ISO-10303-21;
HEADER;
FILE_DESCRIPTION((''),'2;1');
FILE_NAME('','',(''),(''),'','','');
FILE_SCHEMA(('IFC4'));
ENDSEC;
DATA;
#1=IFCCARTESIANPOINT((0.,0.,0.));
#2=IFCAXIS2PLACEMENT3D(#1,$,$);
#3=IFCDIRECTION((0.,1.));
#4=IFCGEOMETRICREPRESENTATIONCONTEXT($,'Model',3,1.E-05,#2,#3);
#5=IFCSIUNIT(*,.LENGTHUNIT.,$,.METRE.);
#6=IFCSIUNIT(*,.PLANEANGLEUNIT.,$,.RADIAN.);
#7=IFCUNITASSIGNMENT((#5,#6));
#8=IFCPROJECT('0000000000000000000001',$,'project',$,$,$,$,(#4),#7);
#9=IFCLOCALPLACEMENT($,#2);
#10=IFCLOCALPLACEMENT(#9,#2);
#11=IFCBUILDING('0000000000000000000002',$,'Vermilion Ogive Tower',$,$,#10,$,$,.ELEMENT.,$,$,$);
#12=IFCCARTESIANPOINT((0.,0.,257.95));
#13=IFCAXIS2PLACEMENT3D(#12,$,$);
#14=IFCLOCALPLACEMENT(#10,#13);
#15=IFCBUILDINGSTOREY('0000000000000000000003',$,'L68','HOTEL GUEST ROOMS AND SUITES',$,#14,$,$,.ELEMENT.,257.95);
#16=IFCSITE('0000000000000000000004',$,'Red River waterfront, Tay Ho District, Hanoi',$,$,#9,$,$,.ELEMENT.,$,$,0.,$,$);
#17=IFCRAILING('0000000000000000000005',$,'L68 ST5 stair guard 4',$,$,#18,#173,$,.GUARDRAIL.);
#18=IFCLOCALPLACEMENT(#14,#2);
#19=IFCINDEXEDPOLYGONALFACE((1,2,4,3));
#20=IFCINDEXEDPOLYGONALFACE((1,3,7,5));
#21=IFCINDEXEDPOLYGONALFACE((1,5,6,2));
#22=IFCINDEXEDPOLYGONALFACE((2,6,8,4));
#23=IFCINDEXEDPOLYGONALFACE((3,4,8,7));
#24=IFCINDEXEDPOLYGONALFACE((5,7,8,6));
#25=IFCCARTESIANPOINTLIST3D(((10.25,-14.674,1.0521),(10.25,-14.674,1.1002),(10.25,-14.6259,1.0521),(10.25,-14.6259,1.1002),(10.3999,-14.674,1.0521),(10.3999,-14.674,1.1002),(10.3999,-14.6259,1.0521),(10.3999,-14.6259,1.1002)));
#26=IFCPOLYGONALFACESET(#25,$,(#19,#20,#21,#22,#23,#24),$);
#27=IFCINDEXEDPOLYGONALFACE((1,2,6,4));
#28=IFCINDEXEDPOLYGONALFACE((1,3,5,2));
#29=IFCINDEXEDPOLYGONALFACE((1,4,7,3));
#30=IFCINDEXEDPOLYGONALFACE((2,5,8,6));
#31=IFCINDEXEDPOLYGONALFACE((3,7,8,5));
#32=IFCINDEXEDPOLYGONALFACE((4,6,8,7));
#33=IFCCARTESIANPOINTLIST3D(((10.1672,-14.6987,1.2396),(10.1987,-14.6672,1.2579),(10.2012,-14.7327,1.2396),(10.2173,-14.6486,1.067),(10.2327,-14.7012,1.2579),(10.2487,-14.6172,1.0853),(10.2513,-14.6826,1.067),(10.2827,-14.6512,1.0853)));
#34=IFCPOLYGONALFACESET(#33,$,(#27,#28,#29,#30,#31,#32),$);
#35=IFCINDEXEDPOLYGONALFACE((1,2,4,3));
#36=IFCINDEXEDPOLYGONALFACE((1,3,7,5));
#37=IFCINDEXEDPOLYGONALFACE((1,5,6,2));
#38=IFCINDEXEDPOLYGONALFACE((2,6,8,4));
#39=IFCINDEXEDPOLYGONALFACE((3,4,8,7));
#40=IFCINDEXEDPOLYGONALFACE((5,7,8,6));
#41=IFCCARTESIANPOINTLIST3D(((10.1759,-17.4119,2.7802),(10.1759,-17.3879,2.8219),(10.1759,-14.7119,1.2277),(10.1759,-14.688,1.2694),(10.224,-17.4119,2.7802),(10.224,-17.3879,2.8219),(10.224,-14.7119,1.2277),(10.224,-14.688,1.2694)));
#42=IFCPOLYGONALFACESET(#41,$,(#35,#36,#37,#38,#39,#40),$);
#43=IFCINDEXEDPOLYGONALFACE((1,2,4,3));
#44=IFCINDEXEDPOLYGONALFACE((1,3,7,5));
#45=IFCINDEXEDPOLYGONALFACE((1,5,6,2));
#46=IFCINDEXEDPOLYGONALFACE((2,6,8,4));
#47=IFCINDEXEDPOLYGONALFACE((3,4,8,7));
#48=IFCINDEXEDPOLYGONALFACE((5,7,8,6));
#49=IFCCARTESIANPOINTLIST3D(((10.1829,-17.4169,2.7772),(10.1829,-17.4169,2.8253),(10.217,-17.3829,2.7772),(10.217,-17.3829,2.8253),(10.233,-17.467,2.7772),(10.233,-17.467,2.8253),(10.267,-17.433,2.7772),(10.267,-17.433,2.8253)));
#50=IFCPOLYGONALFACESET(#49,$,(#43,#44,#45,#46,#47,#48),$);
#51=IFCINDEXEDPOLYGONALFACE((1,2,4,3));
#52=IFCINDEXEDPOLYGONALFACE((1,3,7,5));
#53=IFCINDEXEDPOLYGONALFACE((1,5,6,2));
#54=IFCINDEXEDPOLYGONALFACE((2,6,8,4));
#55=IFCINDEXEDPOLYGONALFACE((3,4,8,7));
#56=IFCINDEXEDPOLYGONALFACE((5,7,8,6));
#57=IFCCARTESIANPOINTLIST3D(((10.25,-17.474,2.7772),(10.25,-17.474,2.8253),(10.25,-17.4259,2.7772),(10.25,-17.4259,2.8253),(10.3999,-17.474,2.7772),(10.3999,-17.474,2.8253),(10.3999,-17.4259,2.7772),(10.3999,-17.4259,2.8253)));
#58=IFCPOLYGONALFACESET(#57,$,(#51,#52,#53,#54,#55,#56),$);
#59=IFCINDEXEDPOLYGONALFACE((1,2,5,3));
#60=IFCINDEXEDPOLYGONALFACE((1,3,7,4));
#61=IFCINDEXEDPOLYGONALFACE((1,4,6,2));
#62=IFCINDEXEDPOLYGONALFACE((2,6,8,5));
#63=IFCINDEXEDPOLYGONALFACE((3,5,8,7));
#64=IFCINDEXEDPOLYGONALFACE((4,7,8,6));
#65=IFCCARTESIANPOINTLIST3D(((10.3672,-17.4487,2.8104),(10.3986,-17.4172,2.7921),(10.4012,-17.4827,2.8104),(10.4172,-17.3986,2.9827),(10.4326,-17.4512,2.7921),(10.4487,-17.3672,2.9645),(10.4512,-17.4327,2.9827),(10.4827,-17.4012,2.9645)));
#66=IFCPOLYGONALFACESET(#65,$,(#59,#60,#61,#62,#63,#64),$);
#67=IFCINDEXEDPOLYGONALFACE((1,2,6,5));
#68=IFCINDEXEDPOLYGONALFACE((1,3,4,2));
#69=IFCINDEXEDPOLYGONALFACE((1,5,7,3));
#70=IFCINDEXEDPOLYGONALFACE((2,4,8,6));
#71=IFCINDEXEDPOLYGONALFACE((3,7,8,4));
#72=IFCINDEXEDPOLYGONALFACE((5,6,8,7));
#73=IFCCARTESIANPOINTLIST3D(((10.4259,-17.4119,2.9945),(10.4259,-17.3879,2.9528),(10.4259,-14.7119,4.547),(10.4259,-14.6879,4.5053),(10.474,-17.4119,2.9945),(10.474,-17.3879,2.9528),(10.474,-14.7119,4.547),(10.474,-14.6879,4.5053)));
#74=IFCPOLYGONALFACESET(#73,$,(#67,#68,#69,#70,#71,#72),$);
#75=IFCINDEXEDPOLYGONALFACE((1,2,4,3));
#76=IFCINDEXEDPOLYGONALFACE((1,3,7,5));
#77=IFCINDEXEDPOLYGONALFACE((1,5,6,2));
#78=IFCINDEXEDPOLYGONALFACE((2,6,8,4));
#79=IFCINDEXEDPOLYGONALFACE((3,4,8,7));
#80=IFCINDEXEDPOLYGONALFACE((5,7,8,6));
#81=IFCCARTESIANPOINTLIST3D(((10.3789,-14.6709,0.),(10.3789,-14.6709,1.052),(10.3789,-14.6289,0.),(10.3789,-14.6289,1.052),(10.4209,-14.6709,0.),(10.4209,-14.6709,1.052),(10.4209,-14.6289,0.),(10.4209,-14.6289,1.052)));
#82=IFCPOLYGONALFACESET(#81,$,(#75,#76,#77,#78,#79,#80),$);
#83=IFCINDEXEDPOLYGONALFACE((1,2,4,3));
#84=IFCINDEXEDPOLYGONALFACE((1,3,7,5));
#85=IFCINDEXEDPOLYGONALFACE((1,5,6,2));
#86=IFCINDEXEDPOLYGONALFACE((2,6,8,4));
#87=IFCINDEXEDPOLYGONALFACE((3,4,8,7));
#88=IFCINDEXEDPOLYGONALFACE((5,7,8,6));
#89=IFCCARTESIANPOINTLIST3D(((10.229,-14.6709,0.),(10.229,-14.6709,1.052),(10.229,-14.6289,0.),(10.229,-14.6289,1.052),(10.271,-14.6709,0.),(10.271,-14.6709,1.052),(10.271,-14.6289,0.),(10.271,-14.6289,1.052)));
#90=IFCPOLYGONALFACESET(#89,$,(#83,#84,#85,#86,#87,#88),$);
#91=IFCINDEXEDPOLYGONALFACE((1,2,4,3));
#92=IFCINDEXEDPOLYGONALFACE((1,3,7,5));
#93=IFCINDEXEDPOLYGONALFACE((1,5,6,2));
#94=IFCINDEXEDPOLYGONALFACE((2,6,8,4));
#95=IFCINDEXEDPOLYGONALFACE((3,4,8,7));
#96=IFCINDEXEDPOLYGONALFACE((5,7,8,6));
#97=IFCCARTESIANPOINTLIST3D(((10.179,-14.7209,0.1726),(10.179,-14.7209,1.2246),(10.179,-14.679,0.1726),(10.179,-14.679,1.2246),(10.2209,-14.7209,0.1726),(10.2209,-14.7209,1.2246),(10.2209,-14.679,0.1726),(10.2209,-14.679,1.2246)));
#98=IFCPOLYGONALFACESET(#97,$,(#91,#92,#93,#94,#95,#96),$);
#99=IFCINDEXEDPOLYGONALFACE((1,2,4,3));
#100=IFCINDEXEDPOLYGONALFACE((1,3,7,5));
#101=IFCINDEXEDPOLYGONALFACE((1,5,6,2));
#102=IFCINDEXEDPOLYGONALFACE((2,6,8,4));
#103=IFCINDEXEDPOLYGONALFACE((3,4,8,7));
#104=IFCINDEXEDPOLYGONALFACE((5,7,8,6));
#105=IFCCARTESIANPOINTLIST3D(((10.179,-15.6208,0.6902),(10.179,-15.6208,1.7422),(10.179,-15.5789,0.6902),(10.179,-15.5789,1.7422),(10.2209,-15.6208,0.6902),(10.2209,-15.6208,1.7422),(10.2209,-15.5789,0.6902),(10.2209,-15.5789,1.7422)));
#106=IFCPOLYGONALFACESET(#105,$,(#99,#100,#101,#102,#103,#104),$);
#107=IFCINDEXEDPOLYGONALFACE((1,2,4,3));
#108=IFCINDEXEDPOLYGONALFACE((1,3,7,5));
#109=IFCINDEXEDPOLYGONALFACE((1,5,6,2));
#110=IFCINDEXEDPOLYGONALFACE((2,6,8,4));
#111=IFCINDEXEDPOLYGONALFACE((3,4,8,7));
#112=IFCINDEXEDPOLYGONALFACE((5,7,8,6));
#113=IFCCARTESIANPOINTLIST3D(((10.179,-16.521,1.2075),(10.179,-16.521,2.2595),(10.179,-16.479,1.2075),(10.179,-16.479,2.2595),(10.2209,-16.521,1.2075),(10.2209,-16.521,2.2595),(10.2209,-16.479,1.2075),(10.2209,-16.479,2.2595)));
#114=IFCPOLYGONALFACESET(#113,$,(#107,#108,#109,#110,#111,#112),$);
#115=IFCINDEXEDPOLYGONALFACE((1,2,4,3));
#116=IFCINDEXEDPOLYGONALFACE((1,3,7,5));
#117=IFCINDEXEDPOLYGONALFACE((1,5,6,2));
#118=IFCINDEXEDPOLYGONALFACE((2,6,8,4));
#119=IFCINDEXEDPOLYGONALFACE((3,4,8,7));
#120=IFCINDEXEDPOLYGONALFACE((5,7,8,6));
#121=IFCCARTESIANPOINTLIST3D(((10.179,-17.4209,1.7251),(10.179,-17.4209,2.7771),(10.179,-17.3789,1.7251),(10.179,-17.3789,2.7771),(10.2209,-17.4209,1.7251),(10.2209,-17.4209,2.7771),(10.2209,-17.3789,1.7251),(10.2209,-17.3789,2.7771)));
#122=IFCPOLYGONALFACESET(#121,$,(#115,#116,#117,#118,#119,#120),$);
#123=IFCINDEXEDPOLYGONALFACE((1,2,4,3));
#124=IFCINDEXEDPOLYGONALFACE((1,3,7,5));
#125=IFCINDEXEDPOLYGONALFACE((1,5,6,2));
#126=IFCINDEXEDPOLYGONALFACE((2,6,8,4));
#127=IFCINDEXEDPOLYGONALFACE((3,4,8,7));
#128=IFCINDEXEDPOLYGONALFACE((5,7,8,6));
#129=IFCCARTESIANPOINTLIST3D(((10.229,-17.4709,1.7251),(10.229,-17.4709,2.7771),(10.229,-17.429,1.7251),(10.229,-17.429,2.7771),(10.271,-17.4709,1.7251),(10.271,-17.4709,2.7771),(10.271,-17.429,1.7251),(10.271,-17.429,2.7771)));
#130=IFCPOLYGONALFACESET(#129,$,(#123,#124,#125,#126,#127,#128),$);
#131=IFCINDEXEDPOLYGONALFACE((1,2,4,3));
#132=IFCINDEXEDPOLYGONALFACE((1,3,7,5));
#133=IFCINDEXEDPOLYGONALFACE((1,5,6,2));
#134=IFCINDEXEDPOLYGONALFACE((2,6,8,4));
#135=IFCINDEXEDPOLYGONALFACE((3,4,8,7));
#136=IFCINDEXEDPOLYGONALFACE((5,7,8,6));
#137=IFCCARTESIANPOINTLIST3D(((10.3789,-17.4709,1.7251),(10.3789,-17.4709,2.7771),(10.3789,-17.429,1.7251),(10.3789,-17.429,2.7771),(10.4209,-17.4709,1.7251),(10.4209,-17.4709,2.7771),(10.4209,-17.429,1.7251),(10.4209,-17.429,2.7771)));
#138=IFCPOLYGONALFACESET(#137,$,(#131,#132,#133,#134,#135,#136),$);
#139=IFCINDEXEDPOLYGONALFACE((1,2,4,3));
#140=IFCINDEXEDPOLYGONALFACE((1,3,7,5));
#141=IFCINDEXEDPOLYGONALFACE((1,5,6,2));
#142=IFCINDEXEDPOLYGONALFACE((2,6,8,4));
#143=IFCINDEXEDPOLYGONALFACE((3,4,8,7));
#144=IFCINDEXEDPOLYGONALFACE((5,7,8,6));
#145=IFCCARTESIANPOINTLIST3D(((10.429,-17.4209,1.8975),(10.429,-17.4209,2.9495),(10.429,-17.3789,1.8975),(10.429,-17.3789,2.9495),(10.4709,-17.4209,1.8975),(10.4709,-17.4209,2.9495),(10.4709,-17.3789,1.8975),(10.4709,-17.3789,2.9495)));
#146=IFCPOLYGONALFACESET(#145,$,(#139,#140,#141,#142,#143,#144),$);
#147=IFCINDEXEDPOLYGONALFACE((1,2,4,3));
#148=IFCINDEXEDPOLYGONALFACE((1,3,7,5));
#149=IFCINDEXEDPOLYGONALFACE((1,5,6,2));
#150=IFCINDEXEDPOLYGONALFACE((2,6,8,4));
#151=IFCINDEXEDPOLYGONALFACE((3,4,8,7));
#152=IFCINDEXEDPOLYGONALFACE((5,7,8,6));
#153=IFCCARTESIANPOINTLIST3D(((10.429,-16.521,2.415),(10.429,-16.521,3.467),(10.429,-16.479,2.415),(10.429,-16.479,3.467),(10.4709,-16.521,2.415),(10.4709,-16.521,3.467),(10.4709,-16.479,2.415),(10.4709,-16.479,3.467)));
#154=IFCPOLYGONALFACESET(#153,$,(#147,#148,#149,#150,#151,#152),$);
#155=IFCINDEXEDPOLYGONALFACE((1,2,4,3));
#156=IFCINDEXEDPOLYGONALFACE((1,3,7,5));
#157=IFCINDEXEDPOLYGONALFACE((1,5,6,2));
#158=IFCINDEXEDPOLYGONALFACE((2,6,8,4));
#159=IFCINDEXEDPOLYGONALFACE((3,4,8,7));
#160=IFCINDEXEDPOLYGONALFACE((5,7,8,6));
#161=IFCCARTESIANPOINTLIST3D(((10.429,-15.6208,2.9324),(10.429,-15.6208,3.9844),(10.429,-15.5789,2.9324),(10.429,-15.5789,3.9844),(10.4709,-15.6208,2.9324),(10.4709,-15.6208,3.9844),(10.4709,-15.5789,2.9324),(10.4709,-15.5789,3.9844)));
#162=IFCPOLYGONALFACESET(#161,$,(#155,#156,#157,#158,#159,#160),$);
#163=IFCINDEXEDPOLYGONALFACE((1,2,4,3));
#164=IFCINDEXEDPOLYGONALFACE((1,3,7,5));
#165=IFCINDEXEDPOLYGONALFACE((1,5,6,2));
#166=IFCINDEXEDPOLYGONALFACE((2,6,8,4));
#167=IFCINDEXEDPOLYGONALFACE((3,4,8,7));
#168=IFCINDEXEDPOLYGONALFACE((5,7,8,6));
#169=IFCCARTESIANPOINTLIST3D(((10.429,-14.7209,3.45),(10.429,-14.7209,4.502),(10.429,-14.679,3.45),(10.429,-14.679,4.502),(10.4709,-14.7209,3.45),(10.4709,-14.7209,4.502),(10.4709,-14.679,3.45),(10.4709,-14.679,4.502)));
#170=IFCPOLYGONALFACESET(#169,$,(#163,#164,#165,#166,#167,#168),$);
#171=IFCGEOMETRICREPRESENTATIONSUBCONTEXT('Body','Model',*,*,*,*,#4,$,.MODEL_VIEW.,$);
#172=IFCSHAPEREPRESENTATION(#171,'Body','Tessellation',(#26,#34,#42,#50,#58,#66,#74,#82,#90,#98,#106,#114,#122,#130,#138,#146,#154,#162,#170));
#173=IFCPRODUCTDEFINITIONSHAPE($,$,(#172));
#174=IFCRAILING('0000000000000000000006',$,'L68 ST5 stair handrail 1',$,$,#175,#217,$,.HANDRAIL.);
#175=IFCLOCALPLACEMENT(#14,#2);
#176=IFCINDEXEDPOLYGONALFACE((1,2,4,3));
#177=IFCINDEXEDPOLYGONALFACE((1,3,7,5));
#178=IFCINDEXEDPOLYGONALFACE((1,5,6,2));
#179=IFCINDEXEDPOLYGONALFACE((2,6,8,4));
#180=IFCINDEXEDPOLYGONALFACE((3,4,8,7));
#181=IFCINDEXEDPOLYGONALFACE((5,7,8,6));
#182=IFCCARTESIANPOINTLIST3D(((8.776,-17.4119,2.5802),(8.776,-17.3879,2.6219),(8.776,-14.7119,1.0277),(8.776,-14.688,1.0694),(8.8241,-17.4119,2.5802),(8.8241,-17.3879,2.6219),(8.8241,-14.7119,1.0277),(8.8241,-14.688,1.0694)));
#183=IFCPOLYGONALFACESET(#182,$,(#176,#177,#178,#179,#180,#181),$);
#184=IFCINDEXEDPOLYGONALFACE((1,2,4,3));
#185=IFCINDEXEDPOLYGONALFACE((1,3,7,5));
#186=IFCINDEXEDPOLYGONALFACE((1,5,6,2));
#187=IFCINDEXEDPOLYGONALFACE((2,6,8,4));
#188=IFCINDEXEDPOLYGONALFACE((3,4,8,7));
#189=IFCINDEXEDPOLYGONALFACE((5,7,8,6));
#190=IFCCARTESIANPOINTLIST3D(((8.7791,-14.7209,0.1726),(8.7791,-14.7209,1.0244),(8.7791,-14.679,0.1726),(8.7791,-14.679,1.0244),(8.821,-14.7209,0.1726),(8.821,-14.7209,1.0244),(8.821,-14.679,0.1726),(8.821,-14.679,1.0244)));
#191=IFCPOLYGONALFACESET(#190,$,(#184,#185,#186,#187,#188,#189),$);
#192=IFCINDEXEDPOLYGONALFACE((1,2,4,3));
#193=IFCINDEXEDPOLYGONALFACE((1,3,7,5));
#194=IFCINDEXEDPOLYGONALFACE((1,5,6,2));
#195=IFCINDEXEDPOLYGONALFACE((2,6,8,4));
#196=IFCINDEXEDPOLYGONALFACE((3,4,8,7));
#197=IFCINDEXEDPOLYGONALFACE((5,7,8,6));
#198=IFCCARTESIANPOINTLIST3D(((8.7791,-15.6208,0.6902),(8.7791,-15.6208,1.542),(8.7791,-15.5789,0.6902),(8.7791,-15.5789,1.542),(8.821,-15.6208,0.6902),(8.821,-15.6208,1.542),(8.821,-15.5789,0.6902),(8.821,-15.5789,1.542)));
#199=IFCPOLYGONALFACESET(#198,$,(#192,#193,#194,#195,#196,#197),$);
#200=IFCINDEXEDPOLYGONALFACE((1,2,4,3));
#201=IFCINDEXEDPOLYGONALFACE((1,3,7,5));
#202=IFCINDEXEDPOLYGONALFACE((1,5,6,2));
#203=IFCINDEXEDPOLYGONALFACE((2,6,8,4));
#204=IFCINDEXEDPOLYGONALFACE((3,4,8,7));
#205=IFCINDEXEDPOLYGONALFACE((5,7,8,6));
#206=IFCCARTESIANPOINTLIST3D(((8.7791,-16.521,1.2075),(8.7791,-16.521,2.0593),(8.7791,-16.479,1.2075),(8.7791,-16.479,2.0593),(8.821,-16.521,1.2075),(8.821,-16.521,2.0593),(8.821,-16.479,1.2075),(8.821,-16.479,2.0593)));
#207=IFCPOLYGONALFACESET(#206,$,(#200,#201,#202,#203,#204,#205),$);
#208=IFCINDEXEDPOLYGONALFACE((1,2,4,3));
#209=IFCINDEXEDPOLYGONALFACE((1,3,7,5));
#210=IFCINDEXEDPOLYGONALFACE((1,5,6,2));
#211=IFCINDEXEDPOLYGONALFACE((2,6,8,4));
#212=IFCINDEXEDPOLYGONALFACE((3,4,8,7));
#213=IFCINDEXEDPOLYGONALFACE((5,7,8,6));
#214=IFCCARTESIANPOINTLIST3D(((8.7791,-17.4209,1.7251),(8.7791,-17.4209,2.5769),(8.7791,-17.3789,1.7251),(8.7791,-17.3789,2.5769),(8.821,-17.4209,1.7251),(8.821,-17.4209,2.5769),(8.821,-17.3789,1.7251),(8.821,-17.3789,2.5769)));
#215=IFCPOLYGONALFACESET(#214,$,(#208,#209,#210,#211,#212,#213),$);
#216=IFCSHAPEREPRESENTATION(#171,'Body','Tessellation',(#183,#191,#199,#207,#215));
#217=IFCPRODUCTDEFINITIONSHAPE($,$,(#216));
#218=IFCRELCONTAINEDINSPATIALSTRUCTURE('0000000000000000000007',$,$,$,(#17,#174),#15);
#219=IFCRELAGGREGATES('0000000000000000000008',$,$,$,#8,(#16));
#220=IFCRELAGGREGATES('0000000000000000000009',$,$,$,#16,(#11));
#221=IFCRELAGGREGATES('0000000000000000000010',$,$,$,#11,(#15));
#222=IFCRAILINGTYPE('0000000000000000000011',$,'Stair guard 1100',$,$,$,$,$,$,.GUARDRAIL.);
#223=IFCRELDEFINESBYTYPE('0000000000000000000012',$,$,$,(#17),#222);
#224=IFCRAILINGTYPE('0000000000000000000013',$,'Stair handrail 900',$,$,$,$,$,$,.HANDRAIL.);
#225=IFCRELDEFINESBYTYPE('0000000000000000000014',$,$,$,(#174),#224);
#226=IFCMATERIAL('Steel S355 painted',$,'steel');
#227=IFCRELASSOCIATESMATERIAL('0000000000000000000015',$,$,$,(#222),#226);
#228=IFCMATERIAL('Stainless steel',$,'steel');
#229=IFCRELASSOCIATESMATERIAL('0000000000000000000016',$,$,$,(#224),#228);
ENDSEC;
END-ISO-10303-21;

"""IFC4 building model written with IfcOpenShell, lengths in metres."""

from ifc_helpers import new_model, si_unit, direction, frame, origin, origin_2d, place, context, subcontext, project, spatial, rectangle, extrude, material, type_object, element, save


model = new_model("IFC4")

# Units and contexts
model_context = context("Model", 3, precision=1e-05, world=origin(), true_north=direction((0.0, 1.0)))
body_context = subcontext(model_context, "Body", "Model", "MODEL_VIEW")
ifc_project = project(units=[si_unit("LENGTHUNIT", "METRE"), si_unit("PLANEANGLEUNIT", "RADIAN")], contexts=[model_context])

# Site, building, storey
site_placement = place(None, origin())
site = spatial("IfcSite", under=ifc_project, at=site_placement, Name="Red River waterfront, Tay Ho District, Hanoi", CompositionType="ELEMENT", RefElevation=0.0)
building_placement = place(site_placement, origin())
building = spatial("IfcBuilding", under=site, at=building_placement, Name="Vermilion Ogive Tower", CompositionType="ELEMENT")
storey_placement = place(building_placement, frame((0.0, 0.0, 257.95)))
storey = spatial("IfcBuildingStorey", under=building, at=storey_placement, Name="L68", Description="HOTEL GUEST ROOMS AND SUITES", CompositionType="ELEMENT", Elevation=257.95)

# Railings
ifc_material_1 = material(Name="Steel S355 painted", Category="steel")
railing_type_1 = type_object("IfcRailingType", Name="Stair guard 1100", PredefinedType="GUARDRAIL", material=ifc_material_1)
railing_1_placement = place(storey_placement, frame((10.3999, -14.6499, 0.0)))
element("IfcRailing", 1, at=railing_1_placement, inside=storey, type_object=railing_type_1, Name="L68 ST5 stair guard 4", PredefinedType="GUARDRAIL", context=body_context, shape_type="SweptSolid", body=[
    extrude(rectangle(XDim=0.0481, YDim=0.0481, at=origin_2d()), frame((0.0, 0.0, 1.0762), z_axis=(-1.0, 0.0, 0.0), x_axis=(0.0, -1.0, 0.0)), (0.0, 0.0, 1.0), 0.1499),
    extrude(rectangle(XDim=0.0481, YDim=0.0481, at=origin_2d()), frame((-0.1499, 0.0, 1.0762), z_axis=(-0.268278, -0.268278, 0.925232), x_axis=(0.707107, -0.707107, 0.0)), (0.0, 0.0, 1.0), 0.1865),
    extrude(rectangle(XDim=0.0481, YDim=0.0481, at=origin_2d()), frame((-0.2, -0.05, 1.2485), z_axis=(0.0, -0.866904, 0.498476), x_axis=(1.0, 0.0, 0.0)), (0.0, 0.0, 1.0), 3.1145),
    extrude(rectangle(XDim=0.0481, YDim=0.0481, at=origin_2d()), frame((-0.2, -2.75, 2.8013), z_axis=(0.707107, -0.707107, 0.0), x_axis=(0.707107, 0.707107, 0.0)), (0.0, 0.0, 1.0), 0.0708),
    extrude(rectangle(XDim=0.0481, YDim=0.0481, at=origin_2d()), frame((-0.1499, -2.8, 2.8013), z_axis=(1.0, 0.0, 0.0), x_axis=(0.0, 1.0, 0.0)), (0.0, 0.0, 1.0), 0.1499),
    extrude(rectangle(XDim=0.0481, YDim=0.0481, at=origin_2d()), frame((0.0, -2.8, 2.8013), z_axis=(0.268603, 0.268603, 0.925043), x_axis=(-0.707107, 0.707107, 0.0)), (0.0, 0.0, 1.0), 0.1863),
    extrude(rectangle(XDim=0.0481, YDim=0.0481, at=origin_2d()), frame((0.05, -2.75, 2.9736), z_axis=(0.0, 0.866904, 0.498476), x_axis=(-1.0, 0.0, 0.0)), (0.0, 0.0, 1.0), 3.1145),
    extrude(rectangle(XDim=0.042, YDim=0.042, at=origin_2d()), origin(), (0.0, 0.0, 1.0), 1.052),
    extrude(rectangle(XDim=0.042, YDim=0.042, at=origin_2d()), frame((-0.1499, 0.0, 0.0)), (0.0, 0.0, 1.0), 1.052),
    extrude(rectangle(XDim=0.042, YDim=0.042, at=origin_2d()), frame((-0.2, -0.05, 0.1726)), (0.0, 0.0, 1.0), 1.052),
    extrude(rectangle(XDim=0.042, YDim=0.042, at=origin_2d()), frame((-0.2, -0.95, 0.6902)), (0.0, 0.0, 1.0), 1.052),
    extrude(rectangle(XDim=0.042, YDim=0.042, at=origin_2d()), frame((-0.2, -1.8501, 1.2075)), (0.0, 0.0, 1.0), 1.052),
    extrude(rectangle(XDim=0.042, YDim=0.042, at=origin_2d()), frame((-0.2, -2.75, 1.7251)), (0.0, 0.0, 1.0), 1.052),
    extrude(rectangle(XDim=0.042, YDim=0.042, at=origin_2d()), frame((-0.1499, -2.8, 1.7251)), (0.0, 0.0, 1.0), 1.052),
    extrude(rectangle(XDim=0.042, YDim=0.042, at=origin_2d()), frame((0.0, -2.8, 1.7251)), (0.0, 0.0, 1.0), 1.052),
    extrude(rectangle(XDim=0.042, YDim=0.042, at=origin_2d()), frame((0.05, -2.75, 1.8975)), (0.0, 0.0, 1.0), 1.052),
    extrude(rectangle(XDim=0.042, YDim=0.042, at=origin_2d()), frame((0.05, -1.8501, 2.415)), (0.0, 0.0, 1.0), 1.052),
    extrude(rectangle(XDim=0.042, YDim=0.042, at=origin_2d()), frame((0.05, -0.95, 2.9324)), (0.0, 0.0, 1.0), 1.052),
    extrude(rectangle(XDim=0.042, YDim=0.042, at=origin_2d()), frame((0.05, -0.05, 3.45)), (0.0, 0.0, 1.0), 1.052),
])
ifc_material_2 = material(Name="Stainless steel", Category="steel")
railing_type_2 = type_object("IfcRailingType", Name="Stair handrail 900", PredefinedType="HANDRAIL", material=ifc_material_2)
railing_2_placement = place(storey_placement, frame((8.8, -14.7, 0.1726)))
element("IfcRailing", 2, at=railing_2_placement, inside=storey, type_object=railing_type_2, Name="L68 ST5 stair handrail 1", PredefinedType="HANDRAIL", context=body_context, shape_type="SweptSolid", body=[
    extrude(rectangle(XDim=0.0481, YDim=0.0481, at=origin_2d()), frame((0.0, 0.0, 0.876), z_axis=(0.0, -0.866904, 0.498476), x_axis=(1.0, 0.0, 0.0)), (0.0, 0.0, 1.0), 3.1145),
    extrude(rectangle(XDim=0.042, YDim=0.042, at=origin_2d()), origin(), (0.0, 0.0, 1.0), 0.8518),
    extrude(rectangle(XDim=0.042, YDim=0.042, at=origin_2d()), frame((0.0, -0.8999, 0.5176)), (0.0, 0.0, 1.0), 0.8518),
    extrude(rectangle(XDim=0.042, YDim=0.042, at=origin_2d()), frame((0.0, -1.8, 1.0349)), (0.0, 0.0, 1.0), 0.8518),
    extrude(rectangle(XDim=0.042, YDim=0.042, at=origin_2d()), frame((0.0, -2.7, 1.5525)), (0.0, 0.0, 1.0), 0.8518),
])

save(model, "model.ifc")
